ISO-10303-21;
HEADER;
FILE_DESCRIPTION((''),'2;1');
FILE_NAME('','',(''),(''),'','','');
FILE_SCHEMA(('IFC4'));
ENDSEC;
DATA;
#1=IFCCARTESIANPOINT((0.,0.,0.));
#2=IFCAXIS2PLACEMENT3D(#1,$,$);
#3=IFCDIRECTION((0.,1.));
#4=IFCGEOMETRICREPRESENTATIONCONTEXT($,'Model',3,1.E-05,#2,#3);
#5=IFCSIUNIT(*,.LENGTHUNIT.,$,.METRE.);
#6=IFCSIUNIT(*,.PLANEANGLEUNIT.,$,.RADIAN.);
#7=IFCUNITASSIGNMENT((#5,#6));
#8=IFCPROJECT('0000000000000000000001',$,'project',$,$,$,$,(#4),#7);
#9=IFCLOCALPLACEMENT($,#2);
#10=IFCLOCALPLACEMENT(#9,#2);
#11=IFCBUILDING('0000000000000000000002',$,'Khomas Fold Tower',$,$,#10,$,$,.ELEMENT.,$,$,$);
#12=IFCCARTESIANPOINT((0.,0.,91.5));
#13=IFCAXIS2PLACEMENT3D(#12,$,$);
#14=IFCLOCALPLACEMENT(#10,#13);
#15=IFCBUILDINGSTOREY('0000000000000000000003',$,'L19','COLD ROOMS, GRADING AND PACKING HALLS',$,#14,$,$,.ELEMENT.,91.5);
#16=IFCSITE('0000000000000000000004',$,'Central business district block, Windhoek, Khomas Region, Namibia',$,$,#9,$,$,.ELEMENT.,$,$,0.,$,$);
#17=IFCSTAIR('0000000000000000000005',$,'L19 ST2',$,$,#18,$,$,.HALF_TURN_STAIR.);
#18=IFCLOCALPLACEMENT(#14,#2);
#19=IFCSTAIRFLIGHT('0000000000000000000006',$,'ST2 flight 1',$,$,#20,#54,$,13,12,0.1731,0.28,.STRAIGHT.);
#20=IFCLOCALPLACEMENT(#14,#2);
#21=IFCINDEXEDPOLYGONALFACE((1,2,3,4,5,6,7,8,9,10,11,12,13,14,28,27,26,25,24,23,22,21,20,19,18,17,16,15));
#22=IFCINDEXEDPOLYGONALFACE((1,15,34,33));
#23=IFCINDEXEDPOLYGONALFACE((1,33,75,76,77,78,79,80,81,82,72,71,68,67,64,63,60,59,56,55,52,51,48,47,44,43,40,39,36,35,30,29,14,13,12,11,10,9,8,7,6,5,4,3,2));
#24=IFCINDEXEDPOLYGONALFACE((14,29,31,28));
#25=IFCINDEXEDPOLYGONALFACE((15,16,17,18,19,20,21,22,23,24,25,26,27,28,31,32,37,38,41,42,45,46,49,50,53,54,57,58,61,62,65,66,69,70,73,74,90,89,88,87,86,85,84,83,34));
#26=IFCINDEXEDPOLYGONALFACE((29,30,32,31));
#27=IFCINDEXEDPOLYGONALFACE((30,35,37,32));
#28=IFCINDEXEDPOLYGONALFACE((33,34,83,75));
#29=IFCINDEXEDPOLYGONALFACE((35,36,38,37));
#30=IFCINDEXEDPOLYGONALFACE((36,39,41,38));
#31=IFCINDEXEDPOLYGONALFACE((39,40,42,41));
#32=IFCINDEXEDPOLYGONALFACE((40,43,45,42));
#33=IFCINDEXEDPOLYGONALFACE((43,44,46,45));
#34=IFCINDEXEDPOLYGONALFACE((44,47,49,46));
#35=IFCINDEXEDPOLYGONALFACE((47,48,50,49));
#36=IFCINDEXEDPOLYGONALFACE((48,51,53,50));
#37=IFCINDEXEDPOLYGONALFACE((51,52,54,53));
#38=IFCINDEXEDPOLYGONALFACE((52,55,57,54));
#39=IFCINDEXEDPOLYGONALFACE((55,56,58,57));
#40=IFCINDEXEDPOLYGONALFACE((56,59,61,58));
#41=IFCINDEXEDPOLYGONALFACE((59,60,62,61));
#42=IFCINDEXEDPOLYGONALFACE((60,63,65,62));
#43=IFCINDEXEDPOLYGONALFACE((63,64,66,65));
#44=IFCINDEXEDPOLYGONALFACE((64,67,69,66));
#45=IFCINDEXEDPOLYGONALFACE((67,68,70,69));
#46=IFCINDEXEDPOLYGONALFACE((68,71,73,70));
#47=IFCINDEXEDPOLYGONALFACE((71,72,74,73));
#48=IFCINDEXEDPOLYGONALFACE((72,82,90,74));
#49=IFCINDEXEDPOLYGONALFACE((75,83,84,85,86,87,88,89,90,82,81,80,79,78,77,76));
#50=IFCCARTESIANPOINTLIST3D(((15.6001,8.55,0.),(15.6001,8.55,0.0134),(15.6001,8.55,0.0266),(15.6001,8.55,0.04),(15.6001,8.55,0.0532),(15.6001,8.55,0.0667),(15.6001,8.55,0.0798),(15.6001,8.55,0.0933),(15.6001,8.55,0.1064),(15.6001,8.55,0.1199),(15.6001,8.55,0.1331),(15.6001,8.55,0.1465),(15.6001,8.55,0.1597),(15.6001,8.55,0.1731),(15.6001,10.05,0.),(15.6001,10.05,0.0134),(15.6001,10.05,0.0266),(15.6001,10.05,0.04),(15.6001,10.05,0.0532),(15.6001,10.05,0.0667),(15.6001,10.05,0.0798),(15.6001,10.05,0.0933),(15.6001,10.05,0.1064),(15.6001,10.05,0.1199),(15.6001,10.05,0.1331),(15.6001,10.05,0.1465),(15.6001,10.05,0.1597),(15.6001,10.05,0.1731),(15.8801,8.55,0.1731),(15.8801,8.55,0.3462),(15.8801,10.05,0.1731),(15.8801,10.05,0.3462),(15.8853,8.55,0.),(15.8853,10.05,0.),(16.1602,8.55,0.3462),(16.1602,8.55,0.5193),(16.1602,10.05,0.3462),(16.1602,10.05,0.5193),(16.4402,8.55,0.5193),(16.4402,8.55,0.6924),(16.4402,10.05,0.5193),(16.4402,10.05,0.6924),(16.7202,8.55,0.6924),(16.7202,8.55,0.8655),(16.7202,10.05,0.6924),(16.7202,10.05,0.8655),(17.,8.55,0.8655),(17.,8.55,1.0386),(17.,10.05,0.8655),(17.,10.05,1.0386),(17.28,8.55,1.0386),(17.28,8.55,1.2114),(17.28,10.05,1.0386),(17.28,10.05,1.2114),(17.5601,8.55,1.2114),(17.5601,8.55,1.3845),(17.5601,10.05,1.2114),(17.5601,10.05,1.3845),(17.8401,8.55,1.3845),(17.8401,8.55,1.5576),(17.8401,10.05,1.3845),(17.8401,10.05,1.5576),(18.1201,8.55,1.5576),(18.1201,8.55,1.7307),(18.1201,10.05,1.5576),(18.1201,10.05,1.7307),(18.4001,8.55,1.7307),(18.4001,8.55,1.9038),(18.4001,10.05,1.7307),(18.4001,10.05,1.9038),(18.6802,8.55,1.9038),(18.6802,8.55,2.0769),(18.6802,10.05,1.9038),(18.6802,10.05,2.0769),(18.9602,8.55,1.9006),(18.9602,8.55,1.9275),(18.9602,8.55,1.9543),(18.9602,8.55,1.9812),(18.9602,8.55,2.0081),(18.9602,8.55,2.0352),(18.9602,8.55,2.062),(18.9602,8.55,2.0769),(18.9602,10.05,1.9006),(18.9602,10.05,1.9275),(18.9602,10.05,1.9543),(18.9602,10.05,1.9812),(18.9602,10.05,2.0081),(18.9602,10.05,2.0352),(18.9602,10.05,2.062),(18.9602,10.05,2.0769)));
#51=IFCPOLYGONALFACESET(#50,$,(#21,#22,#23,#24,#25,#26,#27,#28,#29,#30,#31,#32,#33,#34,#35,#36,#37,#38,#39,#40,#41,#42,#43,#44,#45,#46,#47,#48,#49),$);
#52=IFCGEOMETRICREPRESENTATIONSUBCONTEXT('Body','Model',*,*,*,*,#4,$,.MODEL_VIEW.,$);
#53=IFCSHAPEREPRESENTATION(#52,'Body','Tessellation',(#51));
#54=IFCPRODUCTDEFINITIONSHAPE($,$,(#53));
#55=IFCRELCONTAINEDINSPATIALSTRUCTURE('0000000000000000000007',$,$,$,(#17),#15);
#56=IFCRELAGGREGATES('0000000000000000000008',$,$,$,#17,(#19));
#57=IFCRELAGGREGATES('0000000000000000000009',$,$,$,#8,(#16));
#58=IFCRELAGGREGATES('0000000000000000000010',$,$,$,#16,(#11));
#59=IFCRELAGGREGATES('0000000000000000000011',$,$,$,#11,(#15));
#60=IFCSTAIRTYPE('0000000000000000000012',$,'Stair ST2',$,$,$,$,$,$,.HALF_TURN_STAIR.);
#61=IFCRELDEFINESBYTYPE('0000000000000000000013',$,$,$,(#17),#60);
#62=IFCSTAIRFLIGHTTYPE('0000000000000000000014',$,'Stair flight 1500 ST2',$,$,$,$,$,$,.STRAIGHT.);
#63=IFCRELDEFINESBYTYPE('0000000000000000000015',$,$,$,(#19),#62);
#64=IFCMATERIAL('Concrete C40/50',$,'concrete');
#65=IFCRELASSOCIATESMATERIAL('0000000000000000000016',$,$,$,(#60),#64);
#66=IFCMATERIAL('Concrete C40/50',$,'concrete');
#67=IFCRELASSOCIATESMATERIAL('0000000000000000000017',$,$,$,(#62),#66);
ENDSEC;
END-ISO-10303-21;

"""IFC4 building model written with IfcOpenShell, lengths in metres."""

from ifc_helpers import new_model, si_unit, direction, frame, origin, place, context, subcontext, project, spatial, polyline, outline, extrude, source, transform, mapped, material, type_object, element, aggregate, save


model = new_model("IFC4")

# Units and contexts
model_context = context("Model", 3, precision=1e-05, world=origin(), true_north=direction((0.0, 1.0)))
body_context = subcontext(model_context, "Body", "Model", "MODEL_VIEW")
ifc_project = project(units=[si_unit("LENGTHUNIT", "METRE"), si_unit("PLANEANGLEUNIT", "RADIAN")], contexts=[model_context])

# Site, building, storey
site_placement = place(None, origin())
site = spatial("IfcSite", under=ifc_project, at=site_placement, Name="Central business district block, Windhoek, Khomas Region, Namibia", CompositionType="ELEMENT", RefElevation=0.0)
building_placement = place(site_placement, origin())
building = spatial("IfcBuilding", under=site, at=building_placement, Name="Khomas Fold Tower", CompositionType="ELEMENT")
storey_placement = place(building_placement, frame((0.0, 0.0, 91.5)))
storey = spatial("IfcBuildingStorey", under=building, at=storey_placement, Name="L19", Description="COLD ROOMS, GRADING AND PACKING HALLS", CompositionType="ELEMENT", Elevation=91.5)

# Stair, stair flight
ifc_material_1 = material(Name="Concrete C40/50", Category="concrete")
stair_type = type_object("IfcStairType", Name="Stair ST2", PredefinedType="HALF_TURN_STAIR", material=ifc_material_1)
stair_placement = place(storey_placement, origin())
stair = element("IfcStair", 1, at=stair_placement, inside=storey, type_object=stair_type, Name="L19 ST2", PredefinedType="HALF_TURN_STAIR")
ifc_material_2 = material(Name="Concrete C40/50", Category="concrete")
stair_flight_type = type_object("IfcStairFlightType", Name="Stair flight 1500 ST2", PredefinedType="STRAIGHT", material=ifc_material_2)
shared_shape_1 = source(origin(), body_context, "Body", "SweptSolid", [
    extrude(outline(polyline([(0.0, 0.0), (0.0, 0.0134), (0.0, 0.0266), (0.0, 0.04), (0.0, 0.0532), (0.0, 0.0667), (0.0, 0.0798), (0.0, 0.0933), (0.0, 0.1064), (0.0, 0.1199), (0.0, 0.1331), (0.0, 0.1465), (0.0, 0.1597), (0.0, 0.1731), (0.28, 0.1731), (0.28, 0.3462), (0.5601, 0.3462), (0.5601, 0.5193), (0.8401, 0.5193), (0.8401, 0.6924), (1.1201, 0.6924), (1.1201, 0.8655), (1.3999, 0.8655), (1.3999, 1.0386), (1.6799, 1.0386), (1.6799, 1.2114), (1.96, 1.2114), (1.96, 1.3845), (2.24, 1.3845), (2.24, 1.5576), (2.52, 1.5576), (2.52, 1.7307), (2.8, 1.7307), (2.8, 1.9038), (3.0801, 1.9038), (3.0801, 2.0769), (3.3601, 2.0769), (3.3601, 2.25), (3.3601, 2.2231), (3.3601, 2.1963), (3.3601, 2.1694), (3.3601, 2.1426), (3.3601, 2.1157), (3.3601, 2.0889), (3.3601, 2.062), (3.3601, 2.0352), (3.3601, 2.0081), (3.3601, 1.9812), (3.3601, 1.9543), (3.3601, 1.9275), (3.3601, 1.9006), (0.2852, 0.0), (0.0, 0.0)])), frame((0.0, 0.75, 0.0), z_axis=(0.0, -1.0, 0.0), x_axis=(1.0, 0.0, 0.0)), (0.0, 0.0, 1.0), 1.5),
])
stair_flight_placement = place(storey_placement, frame((15.6001, 9.3, 0.0), z_axis=(0.0, 0.0, 1.0), x_axis=(1.0, 0.0, 0.0)))
stair_flight = element("IfcStairFlight", 2, at=stair_flight_placement, type_object=stair_flight_type, Name="ST2 flight 1", NumberOfRisers=13, NumberOfTreads=12, PredefinedType="STRAIGHT", RiserHeight=0.1731, TreadLength=0.28, context=body_context, shape_type="MappedRepresentation", body=[
    mapped(shared_shape_1, transform((0.0, 0.0, 0.0))),
])
aggregate(stair, [stair_flight])

save(model, "model.ifc")
